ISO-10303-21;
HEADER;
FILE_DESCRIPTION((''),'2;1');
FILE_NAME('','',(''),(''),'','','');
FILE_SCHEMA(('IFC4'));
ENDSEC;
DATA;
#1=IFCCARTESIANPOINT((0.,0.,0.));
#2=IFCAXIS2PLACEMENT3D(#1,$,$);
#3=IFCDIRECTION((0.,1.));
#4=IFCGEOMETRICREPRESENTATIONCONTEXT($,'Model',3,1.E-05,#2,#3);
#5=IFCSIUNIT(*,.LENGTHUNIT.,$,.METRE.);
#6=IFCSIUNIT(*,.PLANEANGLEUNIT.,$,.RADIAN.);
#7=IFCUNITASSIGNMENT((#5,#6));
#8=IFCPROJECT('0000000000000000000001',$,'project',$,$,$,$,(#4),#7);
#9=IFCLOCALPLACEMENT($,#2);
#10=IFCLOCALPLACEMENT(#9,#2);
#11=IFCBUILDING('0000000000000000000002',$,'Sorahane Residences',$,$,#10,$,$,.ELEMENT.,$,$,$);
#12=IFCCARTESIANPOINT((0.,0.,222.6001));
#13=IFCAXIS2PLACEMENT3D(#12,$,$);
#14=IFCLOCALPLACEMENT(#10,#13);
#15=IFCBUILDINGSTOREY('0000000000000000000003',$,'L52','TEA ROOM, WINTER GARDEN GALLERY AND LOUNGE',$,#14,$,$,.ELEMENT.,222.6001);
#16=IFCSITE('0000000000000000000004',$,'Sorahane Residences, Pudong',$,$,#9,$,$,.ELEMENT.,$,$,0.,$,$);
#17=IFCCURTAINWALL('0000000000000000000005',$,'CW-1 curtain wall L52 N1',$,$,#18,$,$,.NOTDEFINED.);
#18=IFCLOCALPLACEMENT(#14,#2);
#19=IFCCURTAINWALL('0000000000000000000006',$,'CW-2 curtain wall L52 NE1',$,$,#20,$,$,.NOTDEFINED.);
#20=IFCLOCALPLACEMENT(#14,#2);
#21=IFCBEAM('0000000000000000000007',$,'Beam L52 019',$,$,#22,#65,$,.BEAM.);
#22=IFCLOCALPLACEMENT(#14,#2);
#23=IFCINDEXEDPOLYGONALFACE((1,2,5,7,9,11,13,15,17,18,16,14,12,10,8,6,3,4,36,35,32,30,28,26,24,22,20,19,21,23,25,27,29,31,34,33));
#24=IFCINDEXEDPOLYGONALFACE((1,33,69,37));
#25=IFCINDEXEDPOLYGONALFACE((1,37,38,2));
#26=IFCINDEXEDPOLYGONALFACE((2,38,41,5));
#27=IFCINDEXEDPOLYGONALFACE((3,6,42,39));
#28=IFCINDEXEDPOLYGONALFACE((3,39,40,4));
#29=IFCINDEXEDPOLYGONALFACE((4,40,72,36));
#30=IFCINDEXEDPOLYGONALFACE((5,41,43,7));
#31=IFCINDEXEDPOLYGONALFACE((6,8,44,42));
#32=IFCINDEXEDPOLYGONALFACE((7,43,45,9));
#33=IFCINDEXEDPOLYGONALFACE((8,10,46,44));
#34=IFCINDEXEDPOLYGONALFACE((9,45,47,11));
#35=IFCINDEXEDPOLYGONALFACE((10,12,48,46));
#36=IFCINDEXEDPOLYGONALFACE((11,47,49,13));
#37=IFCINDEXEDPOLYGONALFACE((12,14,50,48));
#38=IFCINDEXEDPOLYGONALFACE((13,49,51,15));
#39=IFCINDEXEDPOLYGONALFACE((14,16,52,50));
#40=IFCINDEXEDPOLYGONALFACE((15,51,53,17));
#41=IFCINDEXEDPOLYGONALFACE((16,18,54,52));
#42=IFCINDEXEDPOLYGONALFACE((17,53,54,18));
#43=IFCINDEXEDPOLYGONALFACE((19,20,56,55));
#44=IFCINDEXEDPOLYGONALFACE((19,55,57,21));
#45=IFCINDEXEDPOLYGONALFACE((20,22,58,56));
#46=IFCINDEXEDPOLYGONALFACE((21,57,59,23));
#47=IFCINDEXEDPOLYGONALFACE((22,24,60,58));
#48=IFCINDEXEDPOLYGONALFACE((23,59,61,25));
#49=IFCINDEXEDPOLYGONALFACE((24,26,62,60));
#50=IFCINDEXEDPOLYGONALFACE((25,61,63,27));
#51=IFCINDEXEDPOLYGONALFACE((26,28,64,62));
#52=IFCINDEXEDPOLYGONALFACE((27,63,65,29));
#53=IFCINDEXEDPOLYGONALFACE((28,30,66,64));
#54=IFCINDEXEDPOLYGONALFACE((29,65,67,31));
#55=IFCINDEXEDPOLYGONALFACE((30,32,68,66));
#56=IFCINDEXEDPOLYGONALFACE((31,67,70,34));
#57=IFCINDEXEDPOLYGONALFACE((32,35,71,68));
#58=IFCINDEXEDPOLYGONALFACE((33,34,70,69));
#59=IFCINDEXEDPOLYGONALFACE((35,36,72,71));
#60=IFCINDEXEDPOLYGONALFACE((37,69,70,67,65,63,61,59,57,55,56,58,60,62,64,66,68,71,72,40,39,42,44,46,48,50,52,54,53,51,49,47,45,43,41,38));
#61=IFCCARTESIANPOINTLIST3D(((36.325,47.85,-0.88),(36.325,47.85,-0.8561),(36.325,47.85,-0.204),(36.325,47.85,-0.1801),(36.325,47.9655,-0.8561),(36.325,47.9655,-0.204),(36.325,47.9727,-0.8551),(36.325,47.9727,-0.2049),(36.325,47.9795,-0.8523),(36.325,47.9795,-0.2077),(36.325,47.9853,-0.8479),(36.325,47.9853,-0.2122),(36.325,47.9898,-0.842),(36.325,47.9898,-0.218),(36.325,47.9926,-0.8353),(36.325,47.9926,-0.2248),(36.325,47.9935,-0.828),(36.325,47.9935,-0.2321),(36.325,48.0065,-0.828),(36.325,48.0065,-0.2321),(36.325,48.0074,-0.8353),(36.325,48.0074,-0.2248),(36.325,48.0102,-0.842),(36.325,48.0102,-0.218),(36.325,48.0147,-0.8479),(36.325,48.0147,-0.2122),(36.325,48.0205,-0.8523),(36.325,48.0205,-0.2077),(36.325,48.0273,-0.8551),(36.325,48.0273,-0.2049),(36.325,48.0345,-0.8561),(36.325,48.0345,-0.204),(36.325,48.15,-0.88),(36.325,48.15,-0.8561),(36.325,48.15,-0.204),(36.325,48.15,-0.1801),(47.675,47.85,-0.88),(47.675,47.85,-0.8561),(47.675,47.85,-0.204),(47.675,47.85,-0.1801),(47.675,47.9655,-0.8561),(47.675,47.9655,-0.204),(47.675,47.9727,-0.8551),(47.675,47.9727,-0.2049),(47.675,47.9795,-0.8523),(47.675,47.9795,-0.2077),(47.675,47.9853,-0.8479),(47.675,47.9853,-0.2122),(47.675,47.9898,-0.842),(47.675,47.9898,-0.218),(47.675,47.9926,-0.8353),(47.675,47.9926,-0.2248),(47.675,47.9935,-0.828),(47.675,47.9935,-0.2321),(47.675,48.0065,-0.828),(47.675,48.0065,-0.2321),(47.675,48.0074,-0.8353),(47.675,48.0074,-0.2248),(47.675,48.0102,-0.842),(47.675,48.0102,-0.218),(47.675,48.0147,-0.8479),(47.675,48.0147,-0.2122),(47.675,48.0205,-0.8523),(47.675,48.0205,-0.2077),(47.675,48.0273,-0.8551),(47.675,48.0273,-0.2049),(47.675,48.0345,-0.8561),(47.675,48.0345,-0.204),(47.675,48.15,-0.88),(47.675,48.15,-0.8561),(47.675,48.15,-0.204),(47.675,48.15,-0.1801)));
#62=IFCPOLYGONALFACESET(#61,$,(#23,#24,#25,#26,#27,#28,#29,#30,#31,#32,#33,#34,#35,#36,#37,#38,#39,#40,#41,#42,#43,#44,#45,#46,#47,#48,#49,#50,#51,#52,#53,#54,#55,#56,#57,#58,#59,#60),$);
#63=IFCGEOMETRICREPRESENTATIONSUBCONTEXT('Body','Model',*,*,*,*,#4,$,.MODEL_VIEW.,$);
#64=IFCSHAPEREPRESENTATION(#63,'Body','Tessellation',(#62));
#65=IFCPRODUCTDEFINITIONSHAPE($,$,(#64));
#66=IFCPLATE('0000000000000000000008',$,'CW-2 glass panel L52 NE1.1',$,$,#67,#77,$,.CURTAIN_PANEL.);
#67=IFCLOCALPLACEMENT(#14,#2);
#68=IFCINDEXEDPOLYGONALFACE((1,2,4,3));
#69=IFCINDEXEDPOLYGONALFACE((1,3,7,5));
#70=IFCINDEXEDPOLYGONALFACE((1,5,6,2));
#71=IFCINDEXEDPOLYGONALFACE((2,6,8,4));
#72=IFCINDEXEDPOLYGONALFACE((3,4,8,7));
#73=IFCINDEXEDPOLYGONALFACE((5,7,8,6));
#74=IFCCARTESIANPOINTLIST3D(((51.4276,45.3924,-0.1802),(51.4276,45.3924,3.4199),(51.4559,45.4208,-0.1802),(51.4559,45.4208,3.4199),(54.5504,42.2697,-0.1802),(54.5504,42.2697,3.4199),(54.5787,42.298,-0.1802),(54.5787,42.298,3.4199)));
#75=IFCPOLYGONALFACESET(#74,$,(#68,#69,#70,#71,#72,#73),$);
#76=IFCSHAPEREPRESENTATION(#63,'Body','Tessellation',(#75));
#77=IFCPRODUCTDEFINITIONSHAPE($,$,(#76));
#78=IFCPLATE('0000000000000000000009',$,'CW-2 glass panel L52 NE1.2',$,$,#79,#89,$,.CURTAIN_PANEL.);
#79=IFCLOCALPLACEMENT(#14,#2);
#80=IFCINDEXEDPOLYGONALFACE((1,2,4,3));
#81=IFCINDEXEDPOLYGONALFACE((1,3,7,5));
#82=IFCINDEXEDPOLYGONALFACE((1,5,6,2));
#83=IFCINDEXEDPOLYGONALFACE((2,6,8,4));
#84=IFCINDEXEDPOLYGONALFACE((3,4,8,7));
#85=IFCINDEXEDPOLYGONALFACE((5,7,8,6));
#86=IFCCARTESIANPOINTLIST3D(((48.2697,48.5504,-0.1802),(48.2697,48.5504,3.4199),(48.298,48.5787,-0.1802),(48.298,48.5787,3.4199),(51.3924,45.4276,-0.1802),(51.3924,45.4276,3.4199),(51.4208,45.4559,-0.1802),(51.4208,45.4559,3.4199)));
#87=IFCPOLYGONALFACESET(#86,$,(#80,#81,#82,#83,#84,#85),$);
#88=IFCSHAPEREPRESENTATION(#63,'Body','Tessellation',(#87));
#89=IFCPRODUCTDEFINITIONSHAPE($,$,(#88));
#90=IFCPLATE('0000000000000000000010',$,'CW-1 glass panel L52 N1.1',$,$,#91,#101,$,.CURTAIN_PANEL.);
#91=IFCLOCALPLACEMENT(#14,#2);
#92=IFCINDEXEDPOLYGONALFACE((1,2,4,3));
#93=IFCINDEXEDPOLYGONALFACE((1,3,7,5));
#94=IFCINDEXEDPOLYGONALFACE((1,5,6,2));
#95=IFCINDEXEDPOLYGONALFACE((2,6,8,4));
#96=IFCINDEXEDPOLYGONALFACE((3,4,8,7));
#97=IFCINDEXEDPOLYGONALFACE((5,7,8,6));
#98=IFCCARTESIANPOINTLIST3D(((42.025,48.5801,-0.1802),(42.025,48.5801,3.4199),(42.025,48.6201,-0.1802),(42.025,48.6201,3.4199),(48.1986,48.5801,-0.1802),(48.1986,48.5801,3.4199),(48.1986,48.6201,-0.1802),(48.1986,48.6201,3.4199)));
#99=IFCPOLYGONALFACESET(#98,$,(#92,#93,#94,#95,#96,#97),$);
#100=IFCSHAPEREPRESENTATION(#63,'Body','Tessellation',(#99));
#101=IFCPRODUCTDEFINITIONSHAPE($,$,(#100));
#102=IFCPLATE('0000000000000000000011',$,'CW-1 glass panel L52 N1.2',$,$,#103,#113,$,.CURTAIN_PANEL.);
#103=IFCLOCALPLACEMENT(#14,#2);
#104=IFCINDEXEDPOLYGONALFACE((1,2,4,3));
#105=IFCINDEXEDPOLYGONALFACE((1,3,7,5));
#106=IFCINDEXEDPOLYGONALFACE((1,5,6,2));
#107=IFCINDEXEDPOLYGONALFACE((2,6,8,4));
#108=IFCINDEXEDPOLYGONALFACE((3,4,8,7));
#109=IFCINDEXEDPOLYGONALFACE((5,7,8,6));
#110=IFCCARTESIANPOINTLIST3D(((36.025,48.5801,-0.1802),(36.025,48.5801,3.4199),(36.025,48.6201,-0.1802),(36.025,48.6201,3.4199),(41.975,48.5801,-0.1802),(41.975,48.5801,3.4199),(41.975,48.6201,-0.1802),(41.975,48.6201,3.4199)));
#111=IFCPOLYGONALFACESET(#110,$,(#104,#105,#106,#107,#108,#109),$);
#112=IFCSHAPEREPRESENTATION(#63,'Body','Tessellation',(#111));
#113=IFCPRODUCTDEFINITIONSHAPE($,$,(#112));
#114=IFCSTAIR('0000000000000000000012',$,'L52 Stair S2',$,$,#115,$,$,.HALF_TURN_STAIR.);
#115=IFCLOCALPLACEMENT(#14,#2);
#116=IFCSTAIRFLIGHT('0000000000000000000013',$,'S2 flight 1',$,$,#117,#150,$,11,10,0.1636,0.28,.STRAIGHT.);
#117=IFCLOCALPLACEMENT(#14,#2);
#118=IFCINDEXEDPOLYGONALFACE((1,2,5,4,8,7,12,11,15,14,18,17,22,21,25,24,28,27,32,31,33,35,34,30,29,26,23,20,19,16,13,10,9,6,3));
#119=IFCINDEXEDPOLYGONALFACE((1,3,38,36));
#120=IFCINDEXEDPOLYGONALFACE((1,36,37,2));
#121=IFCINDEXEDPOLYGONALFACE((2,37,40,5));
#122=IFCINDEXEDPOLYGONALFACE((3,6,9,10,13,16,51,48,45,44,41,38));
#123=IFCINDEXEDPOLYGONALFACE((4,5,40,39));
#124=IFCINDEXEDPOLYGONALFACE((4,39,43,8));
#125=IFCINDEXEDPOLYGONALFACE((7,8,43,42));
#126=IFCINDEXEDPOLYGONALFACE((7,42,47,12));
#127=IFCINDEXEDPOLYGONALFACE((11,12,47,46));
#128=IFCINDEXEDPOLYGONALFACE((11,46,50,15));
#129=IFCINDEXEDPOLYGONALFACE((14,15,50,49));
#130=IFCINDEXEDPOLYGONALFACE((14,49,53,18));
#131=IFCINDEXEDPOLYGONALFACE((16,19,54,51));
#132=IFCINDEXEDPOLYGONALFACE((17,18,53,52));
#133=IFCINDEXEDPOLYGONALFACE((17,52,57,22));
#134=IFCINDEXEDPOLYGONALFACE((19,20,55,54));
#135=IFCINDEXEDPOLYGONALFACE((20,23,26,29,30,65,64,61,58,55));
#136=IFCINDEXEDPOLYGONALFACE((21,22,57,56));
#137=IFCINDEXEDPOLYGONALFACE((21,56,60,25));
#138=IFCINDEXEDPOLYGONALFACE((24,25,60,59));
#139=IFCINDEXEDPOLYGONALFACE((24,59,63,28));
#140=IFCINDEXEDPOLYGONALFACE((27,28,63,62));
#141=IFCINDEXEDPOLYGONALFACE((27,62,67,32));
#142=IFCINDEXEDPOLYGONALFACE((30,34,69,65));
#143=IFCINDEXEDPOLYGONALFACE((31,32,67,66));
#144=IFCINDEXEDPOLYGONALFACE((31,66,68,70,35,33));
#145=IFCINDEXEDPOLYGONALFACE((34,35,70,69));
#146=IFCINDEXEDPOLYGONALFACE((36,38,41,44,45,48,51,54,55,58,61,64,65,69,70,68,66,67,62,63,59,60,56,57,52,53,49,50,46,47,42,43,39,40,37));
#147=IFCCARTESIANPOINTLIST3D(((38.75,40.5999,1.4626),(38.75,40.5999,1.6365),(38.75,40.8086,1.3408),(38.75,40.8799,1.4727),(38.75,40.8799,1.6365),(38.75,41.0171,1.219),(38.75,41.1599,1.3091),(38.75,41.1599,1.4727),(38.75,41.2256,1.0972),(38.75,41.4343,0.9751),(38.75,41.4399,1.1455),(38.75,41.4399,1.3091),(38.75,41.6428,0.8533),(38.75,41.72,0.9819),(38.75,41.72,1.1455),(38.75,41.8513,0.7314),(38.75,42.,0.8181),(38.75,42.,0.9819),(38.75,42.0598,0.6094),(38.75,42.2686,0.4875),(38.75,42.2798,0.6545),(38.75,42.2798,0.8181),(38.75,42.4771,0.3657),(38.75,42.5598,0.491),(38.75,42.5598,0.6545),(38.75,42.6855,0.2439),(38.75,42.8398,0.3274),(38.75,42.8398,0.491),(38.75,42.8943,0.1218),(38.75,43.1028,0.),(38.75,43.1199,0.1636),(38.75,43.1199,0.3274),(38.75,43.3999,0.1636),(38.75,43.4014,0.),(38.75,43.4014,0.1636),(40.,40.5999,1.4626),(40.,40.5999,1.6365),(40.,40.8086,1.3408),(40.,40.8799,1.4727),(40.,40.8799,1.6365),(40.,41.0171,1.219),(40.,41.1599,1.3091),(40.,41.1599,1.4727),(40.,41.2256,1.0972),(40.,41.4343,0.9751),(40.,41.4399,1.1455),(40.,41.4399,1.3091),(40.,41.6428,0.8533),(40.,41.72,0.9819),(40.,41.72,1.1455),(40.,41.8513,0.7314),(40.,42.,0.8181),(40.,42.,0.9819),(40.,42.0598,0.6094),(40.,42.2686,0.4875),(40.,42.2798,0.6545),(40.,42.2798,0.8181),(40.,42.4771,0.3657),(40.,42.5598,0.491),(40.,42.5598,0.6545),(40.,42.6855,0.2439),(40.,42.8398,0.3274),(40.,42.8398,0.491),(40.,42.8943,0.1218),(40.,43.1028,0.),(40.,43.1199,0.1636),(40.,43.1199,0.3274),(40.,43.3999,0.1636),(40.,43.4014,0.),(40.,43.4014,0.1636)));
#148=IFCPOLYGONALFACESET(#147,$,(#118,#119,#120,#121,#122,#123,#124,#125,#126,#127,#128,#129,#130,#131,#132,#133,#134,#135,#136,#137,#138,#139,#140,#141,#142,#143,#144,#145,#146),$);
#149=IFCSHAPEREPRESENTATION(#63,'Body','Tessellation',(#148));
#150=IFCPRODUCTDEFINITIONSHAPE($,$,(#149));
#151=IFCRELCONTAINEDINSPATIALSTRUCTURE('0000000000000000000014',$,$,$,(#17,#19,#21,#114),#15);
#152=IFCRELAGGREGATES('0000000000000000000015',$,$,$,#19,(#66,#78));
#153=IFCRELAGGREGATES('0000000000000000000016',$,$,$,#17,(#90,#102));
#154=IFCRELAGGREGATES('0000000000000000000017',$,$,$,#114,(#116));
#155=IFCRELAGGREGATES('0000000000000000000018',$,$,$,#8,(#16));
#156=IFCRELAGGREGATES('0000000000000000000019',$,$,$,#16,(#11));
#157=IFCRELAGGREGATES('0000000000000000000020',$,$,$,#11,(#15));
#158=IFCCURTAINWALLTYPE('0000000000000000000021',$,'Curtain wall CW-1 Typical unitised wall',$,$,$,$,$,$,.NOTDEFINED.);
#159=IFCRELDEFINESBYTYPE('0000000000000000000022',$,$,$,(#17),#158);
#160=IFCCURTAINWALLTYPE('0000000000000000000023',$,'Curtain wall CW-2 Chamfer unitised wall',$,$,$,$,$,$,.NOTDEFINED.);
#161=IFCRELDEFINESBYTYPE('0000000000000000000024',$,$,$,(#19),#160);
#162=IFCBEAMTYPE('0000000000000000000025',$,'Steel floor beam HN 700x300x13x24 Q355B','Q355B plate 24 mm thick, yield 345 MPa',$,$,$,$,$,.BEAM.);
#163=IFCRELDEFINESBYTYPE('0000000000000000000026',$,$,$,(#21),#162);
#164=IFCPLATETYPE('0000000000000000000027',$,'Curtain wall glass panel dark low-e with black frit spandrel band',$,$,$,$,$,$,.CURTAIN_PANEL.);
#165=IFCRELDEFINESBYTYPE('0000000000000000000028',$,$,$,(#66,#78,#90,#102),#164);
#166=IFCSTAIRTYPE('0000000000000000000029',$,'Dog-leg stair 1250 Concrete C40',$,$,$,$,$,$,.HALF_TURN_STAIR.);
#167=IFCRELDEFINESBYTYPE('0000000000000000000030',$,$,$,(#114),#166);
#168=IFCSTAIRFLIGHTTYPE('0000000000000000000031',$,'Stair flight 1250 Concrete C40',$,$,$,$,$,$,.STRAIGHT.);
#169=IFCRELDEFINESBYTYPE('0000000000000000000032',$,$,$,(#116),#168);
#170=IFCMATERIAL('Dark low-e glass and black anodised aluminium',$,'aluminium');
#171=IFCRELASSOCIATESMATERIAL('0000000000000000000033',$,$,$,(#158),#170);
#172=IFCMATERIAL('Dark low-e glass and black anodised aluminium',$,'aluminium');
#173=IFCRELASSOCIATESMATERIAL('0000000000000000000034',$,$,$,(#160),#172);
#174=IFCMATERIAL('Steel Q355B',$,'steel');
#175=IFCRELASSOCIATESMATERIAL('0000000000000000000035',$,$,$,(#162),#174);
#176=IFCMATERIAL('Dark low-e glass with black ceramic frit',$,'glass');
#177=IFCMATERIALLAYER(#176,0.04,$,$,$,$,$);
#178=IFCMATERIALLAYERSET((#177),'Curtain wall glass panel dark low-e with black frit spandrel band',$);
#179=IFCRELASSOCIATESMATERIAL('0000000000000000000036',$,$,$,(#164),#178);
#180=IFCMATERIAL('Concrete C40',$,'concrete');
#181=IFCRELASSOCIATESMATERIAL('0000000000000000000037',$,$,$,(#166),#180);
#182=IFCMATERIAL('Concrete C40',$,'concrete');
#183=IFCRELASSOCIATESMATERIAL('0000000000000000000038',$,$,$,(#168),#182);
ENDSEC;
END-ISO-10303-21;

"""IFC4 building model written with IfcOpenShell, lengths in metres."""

from ifc_helpers import new_model, si_unit, direction, frame, origin, origin_2d, place, context, subcontext, project, spatial, polyline, rectangle, i_section, outline, extrude, material, layer, layer_set, material_profile, profile_set, type_object, element, aggregate, save


model = new_model("IFC4")

# Units and contexts
model_context = context("Model", 3, precision=1e-05, world=origin(), true_north=direction((0.0, 1.0)))
body_context = subcontext(model_context, "Body", "Model", "MODEL_VIEW")
ifc_project = project(units=[si_unit("LENGTHUNIT", "METRE"), si_unit("PLANEANGLEUNIT", "RADIAN")], contexts=[model_context])

# Site, building, storey
site_placement = place(None, origin())
site = spatial("IfcSite", under=ifc_project, at=site_placement, Name="Sorahane Residences, Pudong", CompositionType="ELEMENT", RefElevation=0.0)
building_placement = place(site_placement, origin())
building = spatial("IfcBuilding", under=site, at=building_placement, Name="Sorahane Residences", CompositionType="ELEMENT")
storey_placement = place(building_placement, frame((0.0, 0.0, 222.6001)))
storey = spatial("IfcBuildingStorey", under=building, at=storey_placement, Name="L52", Description="TEA ROOM, WINTER GARDEN GALLERY AND LOUNGE", CompositionType="ELEMENT", Elevation=222.6001)

# Curtain wall
ifc_material_1 = material(Name="Dark low-e glass and black anodised aluminium", Category="aluminium")
curtain_wall_type_1 = type_object("IfcCurtainWallType", Name="Curtain wall CW-1 Typical unitised wall", PredefinedType="NOTDEFINED", material=ifc_material_1)
curtain_wall_1_placement = place(storey_placement, origin())
curtain_wall_1 = element("IfcCurtainWall", 1, at=curtain_wall_1_placement, inside=storey, type_object=curtain_wall_type_1, Name="CW-1 curtain wall L52 N1", PredefinedType="NOTDEFINED")

# Curtain wall
ifc_material_2 = material(Name="Dark low-e glass and black anodised aluminium", Category="aluminium")
curtain_wall_type_2 = type_object("IfcCurtainWallType", Name="Curtain wall CW-2 Chamfer unitised wall", PredefinedType="NOTDEFINED", material=ifc_material_2)
curtain_wall_2_placement = place(storey_placement, origin())
curtain_wall_2 = element("IfcCurtainWall", 2, at=curtain_wall_2_placement, inside=storey, type_object=curtain_wall_type_2, Name="CW-2 curtain wall L52 NE1", PredefinedType="NOTDEFINED")

# Beam
ifc_material_3 = material(Name="Steel Q355B", Category="steel")
ifc_material_profile_1 = material_profile(ifc_material_3, i_section(OverallWidth=0.3, OverallDepth=0.7, WebThickness=0.0129, FlangeThickness=0.0239, FilletRadius=0.0281, at=origin_2d()), Name="HN 700x300x13x24")
ifc_profile_set_1 = profile_set([ifc_material_profile_1], Name="Steel Q355B")
beam_type_1 = type_object("IfcBeamType", Name="Steel floor beam HN 700x300x13x24 Q355B", Description="Q355B plate 24 mm thick, yield 345 MPa", PredefinedType="BEAM", material=ifc_profile_set_1)
beam_1_placement = place(storey_placement, frame((36.325, 48.0, -0.53), z_axis=(1.0, 0.0, 0.0), x_axis=(0.0, 1.0, 0.0)))
element("IfcBeam", 3, at=beam_1_placement, inside=storey, type_object=beam_type_1, Name="Beam L52 019", PredefinedType="BEAM", context=body_context, shape_type="SweptSolid", body=[
    extrude(i_section(OverallWidth=0.3, OverallDepth=0.7, WebThickness=0.0129, FlangeThickness=0.0239, FilletRadius=0.0281, at=origin_2d()), origin(), (0.0, 0.0, 1.0), 11.3501),
])

# Plates
ifc_material_4 = material(Name="Dark low-e glass with black ceramic frit", Category="glass")
ifc_layer_1 = layer(ifc_material_4, 0.04)
ifc_layer_set_1 = layer_set([ifc_layer_1], Name="Curtain wall glass panel dark low-e with black frit spandrel band")
plate_type = type_object("IfcPlateType", Name="Curtain wall glass panel dark low-e with black frit spandrel band", PredefinedType="CURTAIN_PANEL", material=ifc_layer_set_1)
plate_1_placement = place(storey_placement, frame((53.0032, 43.8452, -0.1802), z_axis=(0.0, 0.0, 1.0), x_axis=(-0.707107, 0.707107, 0.0)))
plate_1 = element("IfcPlate", 4, at=plate_1_placement, type_object=plate_type, Name="CW-2 glass panel L52 NE1.1", PredefinedType="CURTAIN_PANEL", context=body_context, shape_type="SweptSolid", body=[
    extrude(rectangle(XDim=4.4163, YDim=0.04, at=origin_2d()), origin(), (0.0, 0.0, 1.0), 3.6001),
])
plate_2_placement = place(storey_placement, frame((49.8452, 47.0032, -0.1802), z_axis=(0.0, 0.0, 1.0), x_axis=(-0.707107, 0.707107, 0.0)))
plate_2 = element("IfcPlate", 5, at=plate_2_placement, type_object=plate_type, Name="CW-2 glass panel L52 NE1.2", PredefinedType="CURTAIN_PANEL", context=body_context, shape_type="SweptSolid", body=[
    extrude(rectangle(XDim=4.4163, YDim=0.04, at=origin_2d()), origin(), (0.0, 0.0, 1.0), 3.6001),
])
aggregate(curtain_wall_2, [plate_1, plate_2])
plate_3_placement = place(storey_placement, frame((45.1118, 48.6001, -0.1802), z_axis=(0.0, 0.0, 1.0), x_axis=(-1.0, 0.0, 0.0)))
plate_3 = element("IfcPlate", 6, at=plate_3_placement, type_object=plate_type, Name="CW-1 glass panel L52 N1.1", PredefinedType="CURTAIN_PANEL", context=body_context, shape_type="SweptSolid", body=[
    extrude(rectangle(XDim=6.1736, YDim=0.04, at=origin_2d()), origin(), (0.0, 0.0, 1.0), 3.6001),
])
plate_4_placement = place(storey_placement, frame((39.0, 48.6001, -0.1802), z_axis=(0.0, 0.0, 1.0), x_axis=(-1.0, 0.0, 0.0)))
plate_4 = element("IfcPlate", 7, at=plate_4_placement, type_object=plate_type, Name="CW-1 glass panel L52 N1.2", PredefinedType="CURTAIN_PANEL", context=body_context, shape_type="SweptSolid", body=[
    extrude(rectangle(XDim=5.95, YDim=0.04, at=origin_2d()), origin(), (0.0, 0.0, 1.0), 3.6001),
])
aggregate(curtain_wall_1, [plate_3, plate_4])

# Stair, stair flight
ifc_material_5 = material(Name="Concrete C40", Category="concrete")
stair_type = type_object("IfcStairType", Name="Dog-leg stair 1250 Concrete C40", PredefinedType="HALF_TURN_STAIR", material=ifc_material_5)
stair_placement = place(storey_placement, origin())
stair = element("IfcStair", 8, at=stair_placement, inside=storey, type_object=stair_type, Name="L52 Stair S2", PredefinedType="HALF_TURN_STAIR")
ifc_material_6 = material(Name="Concrete C40", Category="concrete")
stair_flight_type = type_object("IfcStairFlightType", Name="Stair flight 1250 Concrete C40", PredefinedType="STRAIGHT", material=ifc_material_6)
stair_flight_placement = place(storey_placement, frame((39.375, 43.3999, 0.0), z_axis=(0.0, 0.0, 1.0), x_axis=(0.0, -1.0, 0.0)))
stair_flight = element("IfcStairFlight", 9, at=stair_flight_placement, type_object=stair_flight_type, Name="S2 flight 1", NumberOfRisers=11, NumberOfTreads=10, PredefinedType="STRAIGHT", RiserHeight=0.1636, TreadLength=0.28, context=body_context, shape_type="SweptSolid", body=[
    extrude(outline(polyline([(-0.0015, 0.0), (-0.0015, 0.1636), (0.0, 0.1636), (0.28, 0.1636), (0.28, 0.3274), (0.5601, 0.3274), (0.5601, 0.491), (0.8401, 0.491), (0.8401, 0.6545), (1.1201, 0.6545), (1.1201, 0.8181), (1.3999, 0.8181), (1.3999, 0.9819), (1.6799, 0.9819), (1.6799, 1.1455), (1.96, 1.1455), (1.96, 1.3091), (2.24, 1.3091), (2.24, 1.4727), (2.52, 1.4727), (2.52, 1.6365), (2.8, 1.6365), (2.8, 1.8), (2.8, 1.4626), (2.5913, 1.3408), (2.3828, 1.219), (2.1743, 1.0972), (1.9656, 0.9751), (1.7571, 0.8533), (1.5486, 0.7314), (1.3401, 0.6094), (1.1313, 0.4875), (0.9229, 0.3657), (0.7144, 0.2439), (0.5056, 0.1218), (0.2971, 0.0), (-0.0015, 0.0)])), frame((0.0, 0.625, 0.0), z_axis=(0.0, -1.0, 0.0), x_axis=(1.0, 0.0, 0.0)), (0.0, 0.0, 1.0), 1.25),
])
aggregate(stair, [stair_flight])

save(model, "model.ifc")
